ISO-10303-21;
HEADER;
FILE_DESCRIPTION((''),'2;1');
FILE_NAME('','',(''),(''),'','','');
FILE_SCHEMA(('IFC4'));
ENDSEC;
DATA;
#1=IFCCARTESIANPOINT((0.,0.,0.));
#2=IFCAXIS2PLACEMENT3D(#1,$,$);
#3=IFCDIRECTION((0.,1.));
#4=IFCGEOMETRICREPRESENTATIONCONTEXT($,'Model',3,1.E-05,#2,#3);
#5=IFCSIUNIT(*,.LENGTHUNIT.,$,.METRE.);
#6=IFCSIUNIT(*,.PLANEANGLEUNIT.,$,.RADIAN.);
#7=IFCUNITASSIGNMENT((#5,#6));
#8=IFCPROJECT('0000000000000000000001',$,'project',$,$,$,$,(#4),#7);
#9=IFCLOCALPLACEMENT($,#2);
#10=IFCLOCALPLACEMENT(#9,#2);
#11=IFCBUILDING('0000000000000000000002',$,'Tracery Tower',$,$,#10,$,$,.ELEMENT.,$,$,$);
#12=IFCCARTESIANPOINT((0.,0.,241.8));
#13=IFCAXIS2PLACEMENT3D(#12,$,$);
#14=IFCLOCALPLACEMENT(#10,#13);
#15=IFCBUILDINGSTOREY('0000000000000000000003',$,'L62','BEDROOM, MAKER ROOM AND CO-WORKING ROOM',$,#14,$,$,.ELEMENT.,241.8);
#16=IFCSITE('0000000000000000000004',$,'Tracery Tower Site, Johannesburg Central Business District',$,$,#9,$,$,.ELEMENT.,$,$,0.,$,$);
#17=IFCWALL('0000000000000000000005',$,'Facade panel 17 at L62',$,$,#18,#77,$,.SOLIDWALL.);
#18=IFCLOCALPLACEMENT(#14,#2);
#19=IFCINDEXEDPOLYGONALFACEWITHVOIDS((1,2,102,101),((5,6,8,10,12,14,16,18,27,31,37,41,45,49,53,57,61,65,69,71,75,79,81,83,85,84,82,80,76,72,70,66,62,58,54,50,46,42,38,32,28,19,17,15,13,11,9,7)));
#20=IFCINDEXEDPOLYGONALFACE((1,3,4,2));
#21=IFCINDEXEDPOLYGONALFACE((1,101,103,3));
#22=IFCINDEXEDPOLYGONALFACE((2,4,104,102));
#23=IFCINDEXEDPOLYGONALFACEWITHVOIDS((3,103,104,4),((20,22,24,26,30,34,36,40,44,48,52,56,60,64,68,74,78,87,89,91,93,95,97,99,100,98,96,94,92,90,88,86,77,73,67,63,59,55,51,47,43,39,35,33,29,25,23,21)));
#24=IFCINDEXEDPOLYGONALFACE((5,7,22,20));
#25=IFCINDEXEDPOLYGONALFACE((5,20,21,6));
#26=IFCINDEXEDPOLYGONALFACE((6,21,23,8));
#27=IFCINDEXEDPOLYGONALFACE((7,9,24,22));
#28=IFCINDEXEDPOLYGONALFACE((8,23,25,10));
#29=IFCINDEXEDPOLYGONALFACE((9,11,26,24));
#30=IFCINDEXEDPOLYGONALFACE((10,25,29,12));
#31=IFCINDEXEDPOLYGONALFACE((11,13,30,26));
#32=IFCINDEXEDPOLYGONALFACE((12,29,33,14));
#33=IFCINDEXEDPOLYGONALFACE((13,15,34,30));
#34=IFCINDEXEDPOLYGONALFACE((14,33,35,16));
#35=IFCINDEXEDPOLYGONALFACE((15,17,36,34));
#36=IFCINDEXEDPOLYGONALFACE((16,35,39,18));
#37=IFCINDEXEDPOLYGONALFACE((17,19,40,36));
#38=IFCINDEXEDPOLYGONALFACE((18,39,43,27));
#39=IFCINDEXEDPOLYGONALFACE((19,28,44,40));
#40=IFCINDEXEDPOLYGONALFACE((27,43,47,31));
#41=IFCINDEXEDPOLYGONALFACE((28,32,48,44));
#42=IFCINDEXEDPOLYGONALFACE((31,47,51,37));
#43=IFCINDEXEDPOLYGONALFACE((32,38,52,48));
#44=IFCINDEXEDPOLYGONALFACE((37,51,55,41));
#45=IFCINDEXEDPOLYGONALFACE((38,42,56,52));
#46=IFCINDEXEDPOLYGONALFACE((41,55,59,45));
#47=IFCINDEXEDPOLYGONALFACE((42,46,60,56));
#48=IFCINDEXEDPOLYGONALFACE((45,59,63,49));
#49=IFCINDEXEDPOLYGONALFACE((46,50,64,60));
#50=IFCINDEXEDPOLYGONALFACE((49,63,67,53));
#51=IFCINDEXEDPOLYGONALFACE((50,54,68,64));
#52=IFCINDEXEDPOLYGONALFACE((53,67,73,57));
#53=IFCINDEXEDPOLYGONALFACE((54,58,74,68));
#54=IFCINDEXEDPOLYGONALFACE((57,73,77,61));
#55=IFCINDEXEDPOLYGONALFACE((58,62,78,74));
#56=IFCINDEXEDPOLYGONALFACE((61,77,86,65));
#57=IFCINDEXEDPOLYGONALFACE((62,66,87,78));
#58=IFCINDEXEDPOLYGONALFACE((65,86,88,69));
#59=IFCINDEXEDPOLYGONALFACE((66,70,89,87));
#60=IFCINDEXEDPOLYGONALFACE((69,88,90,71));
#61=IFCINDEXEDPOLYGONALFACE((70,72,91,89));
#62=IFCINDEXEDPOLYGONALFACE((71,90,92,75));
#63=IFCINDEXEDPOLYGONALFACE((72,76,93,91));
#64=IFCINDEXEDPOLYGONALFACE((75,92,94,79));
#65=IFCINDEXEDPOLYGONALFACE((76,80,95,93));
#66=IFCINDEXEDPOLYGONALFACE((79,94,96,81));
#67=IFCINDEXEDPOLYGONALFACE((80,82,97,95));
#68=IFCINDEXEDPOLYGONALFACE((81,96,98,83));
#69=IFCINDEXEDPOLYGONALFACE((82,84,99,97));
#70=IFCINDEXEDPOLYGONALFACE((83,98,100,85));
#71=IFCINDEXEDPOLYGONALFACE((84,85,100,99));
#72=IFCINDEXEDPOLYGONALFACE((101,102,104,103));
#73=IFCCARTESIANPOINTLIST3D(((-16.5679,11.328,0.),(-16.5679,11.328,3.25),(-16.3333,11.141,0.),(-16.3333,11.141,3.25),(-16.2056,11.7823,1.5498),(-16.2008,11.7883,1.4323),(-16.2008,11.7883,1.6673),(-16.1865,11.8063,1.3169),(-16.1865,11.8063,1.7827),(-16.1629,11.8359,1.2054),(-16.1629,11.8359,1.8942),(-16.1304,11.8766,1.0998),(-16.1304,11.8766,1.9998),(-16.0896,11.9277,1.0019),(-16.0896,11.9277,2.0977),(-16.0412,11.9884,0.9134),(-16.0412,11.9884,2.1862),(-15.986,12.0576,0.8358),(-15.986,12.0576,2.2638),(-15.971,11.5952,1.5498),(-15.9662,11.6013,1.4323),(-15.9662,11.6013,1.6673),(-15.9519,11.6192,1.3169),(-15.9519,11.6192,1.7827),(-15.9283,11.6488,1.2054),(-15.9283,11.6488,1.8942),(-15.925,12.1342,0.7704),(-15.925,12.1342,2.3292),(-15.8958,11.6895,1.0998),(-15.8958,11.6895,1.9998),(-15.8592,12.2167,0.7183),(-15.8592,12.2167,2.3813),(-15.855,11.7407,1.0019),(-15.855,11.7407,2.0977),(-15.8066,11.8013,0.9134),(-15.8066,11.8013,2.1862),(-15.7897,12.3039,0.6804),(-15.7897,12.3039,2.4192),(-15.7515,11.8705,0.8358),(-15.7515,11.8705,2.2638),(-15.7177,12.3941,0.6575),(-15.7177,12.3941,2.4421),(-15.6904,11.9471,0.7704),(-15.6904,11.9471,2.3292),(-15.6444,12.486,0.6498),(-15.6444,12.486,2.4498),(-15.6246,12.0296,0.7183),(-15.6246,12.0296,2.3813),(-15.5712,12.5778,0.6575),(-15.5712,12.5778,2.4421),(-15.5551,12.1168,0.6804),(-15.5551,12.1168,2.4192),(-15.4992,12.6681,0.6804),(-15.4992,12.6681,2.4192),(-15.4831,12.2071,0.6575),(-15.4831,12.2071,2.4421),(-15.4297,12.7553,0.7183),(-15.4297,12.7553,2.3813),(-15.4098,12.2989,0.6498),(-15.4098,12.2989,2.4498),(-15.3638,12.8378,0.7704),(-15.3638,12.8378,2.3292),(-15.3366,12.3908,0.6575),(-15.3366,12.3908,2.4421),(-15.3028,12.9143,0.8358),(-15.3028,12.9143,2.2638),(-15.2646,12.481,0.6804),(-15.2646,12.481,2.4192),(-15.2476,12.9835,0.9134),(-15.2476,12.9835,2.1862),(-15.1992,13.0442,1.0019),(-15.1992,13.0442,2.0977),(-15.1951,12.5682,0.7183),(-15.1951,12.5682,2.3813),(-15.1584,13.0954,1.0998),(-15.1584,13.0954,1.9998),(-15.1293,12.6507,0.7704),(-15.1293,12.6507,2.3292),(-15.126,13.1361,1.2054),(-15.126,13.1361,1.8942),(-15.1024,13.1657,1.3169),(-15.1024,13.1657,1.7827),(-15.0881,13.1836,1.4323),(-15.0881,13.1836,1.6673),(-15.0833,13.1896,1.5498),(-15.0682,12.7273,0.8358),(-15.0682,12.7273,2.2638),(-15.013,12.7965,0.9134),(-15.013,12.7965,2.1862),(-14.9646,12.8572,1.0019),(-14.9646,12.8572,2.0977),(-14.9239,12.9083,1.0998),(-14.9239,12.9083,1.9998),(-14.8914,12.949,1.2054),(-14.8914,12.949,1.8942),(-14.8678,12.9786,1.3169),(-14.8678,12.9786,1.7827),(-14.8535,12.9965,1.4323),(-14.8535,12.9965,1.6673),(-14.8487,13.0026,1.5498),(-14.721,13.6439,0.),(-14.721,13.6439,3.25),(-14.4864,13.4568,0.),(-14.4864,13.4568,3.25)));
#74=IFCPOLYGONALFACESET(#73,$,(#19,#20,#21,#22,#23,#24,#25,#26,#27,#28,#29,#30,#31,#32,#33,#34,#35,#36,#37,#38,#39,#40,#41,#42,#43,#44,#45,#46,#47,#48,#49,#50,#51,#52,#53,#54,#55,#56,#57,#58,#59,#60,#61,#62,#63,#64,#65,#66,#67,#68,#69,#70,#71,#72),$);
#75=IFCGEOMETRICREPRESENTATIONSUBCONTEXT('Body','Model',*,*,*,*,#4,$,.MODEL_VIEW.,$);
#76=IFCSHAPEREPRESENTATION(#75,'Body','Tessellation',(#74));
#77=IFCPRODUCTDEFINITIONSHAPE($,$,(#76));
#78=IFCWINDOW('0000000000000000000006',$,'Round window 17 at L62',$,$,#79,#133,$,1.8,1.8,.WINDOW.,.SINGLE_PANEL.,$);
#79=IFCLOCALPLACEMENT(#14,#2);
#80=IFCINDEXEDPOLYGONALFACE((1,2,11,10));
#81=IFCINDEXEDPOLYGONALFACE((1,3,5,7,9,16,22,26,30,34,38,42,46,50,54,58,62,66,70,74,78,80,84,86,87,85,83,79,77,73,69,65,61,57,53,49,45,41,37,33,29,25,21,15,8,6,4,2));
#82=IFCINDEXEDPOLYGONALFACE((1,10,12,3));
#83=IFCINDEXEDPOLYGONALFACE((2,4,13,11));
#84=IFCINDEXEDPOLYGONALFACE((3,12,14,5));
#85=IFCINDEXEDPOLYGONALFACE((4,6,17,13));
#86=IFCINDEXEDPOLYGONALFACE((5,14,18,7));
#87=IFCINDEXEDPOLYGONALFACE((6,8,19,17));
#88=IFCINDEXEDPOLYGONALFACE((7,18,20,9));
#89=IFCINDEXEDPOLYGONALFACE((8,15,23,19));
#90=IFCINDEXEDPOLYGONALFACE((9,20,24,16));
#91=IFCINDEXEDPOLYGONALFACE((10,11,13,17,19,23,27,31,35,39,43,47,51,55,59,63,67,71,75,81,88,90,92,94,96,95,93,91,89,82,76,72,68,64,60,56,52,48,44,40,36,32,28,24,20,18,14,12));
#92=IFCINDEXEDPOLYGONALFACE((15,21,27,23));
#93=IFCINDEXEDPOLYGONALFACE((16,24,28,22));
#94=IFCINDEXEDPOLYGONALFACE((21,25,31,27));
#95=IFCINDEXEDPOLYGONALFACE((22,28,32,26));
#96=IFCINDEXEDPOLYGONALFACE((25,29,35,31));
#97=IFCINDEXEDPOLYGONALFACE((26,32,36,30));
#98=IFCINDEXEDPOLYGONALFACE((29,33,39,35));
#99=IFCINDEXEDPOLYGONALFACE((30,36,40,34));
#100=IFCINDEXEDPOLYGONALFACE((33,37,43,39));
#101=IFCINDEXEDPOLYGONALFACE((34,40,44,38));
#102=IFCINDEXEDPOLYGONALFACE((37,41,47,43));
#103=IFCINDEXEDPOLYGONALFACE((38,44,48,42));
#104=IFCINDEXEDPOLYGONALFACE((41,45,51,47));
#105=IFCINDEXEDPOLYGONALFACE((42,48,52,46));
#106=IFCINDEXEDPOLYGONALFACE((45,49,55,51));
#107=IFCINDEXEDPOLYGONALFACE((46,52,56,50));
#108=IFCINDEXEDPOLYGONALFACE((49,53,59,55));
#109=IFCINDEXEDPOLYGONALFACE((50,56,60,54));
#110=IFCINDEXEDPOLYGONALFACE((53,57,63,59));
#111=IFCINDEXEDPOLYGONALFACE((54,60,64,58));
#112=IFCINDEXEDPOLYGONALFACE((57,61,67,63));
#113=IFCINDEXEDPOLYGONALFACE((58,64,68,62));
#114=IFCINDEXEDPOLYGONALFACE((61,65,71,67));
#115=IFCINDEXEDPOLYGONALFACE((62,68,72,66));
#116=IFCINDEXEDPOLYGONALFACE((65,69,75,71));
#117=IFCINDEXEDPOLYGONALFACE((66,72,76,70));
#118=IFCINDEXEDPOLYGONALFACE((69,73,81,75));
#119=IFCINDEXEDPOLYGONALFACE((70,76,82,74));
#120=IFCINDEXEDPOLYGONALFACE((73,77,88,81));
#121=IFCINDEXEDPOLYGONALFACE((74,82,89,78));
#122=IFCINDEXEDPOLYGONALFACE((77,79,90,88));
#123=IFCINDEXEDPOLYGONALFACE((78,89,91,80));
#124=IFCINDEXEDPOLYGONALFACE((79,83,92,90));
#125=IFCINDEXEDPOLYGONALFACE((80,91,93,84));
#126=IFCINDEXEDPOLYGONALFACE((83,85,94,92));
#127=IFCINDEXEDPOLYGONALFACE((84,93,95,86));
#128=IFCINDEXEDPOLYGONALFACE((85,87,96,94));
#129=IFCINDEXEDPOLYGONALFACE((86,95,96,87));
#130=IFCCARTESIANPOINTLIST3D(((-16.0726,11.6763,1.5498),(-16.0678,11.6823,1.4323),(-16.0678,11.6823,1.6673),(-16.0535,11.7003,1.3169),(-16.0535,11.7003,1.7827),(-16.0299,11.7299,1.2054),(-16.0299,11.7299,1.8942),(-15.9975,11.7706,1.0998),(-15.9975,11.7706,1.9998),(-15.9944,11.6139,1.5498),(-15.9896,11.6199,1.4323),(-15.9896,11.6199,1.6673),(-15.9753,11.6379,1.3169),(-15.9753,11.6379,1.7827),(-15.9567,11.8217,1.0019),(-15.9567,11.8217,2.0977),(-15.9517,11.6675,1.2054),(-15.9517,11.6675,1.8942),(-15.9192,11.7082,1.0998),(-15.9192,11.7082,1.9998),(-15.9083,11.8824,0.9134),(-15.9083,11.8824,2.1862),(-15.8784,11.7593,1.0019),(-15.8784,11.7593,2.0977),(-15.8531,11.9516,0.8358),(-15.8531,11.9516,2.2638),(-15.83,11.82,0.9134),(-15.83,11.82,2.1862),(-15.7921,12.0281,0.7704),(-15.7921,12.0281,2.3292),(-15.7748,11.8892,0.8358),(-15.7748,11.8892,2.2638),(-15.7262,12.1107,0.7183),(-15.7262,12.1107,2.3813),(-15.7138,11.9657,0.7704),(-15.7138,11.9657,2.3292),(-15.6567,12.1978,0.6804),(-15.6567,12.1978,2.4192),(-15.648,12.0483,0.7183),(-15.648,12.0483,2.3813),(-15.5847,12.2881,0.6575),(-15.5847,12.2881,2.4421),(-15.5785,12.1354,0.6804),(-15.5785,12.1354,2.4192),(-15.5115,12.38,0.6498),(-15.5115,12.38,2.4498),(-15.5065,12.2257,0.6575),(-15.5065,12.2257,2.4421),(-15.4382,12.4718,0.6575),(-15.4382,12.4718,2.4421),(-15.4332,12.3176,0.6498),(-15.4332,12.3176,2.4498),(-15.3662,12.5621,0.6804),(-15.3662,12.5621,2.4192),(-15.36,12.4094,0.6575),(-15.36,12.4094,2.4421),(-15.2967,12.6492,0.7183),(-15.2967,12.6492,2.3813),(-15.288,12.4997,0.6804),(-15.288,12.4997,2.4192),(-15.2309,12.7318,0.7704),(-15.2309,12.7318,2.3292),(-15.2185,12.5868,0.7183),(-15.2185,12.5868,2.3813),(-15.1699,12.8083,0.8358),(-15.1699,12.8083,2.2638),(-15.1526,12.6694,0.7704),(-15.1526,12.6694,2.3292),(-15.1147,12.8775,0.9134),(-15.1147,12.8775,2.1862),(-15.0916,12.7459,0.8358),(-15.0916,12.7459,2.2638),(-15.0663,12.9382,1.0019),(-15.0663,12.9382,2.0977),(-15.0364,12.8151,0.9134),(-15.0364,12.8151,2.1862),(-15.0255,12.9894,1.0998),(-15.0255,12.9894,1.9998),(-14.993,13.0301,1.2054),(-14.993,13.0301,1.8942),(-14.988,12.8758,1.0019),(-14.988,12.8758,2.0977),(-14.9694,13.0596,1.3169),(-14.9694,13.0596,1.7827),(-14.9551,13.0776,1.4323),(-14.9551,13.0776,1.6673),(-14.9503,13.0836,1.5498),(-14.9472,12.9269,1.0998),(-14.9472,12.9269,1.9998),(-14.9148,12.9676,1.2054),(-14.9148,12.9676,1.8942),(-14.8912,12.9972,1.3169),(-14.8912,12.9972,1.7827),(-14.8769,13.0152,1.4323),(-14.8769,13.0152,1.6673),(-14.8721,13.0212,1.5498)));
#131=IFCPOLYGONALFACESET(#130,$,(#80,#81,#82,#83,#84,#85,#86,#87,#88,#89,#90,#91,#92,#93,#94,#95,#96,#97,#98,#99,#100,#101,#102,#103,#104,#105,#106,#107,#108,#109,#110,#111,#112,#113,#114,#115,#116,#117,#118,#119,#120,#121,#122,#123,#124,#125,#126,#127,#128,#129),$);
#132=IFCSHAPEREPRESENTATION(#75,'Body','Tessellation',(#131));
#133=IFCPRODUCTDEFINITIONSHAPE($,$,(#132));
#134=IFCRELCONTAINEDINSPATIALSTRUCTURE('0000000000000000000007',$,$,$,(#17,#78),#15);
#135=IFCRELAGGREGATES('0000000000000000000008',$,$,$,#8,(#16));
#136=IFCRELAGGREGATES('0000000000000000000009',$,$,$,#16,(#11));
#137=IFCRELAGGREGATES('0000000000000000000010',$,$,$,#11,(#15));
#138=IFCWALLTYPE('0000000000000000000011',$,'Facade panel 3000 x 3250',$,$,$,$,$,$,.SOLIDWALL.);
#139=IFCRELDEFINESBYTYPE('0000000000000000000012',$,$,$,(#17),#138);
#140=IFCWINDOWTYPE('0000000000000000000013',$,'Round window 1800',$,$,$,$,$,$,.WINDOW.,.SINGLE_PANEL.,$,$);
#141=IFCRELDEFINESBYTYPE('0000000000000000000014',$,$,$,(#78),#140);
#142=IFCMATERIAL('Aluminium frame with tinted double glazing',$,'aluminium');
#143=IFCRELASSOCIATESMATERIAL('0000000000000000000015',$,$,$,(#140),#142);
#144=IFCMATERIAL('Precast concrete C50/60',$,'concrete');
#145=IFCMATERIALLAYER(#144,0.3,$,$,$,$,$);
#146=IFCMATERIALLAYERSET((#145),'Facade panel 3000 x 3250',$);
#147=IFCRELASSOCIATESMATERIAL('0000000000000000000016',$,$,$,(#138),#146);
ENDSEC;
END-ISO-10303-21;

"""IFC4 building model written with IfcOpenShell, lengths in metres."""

from ifc_helpers import new_model, si_unit, direction, frame, frame_2d, origin, origin_2d, place, context, subcontext, project, spatial, rectangle, circle, extrude, material, layer, layer_set, type_object, element, fill, save


model = new_model("IFC4")

# Units and contexts
model_context = context("Model", 3, precision=1e-05, world=origin(), true_north=direction((0.0, 1.0)))
body_context = subcontext(model_context, "Body", "Model", "MODEL_VIEW")
ifc_project = project(units=[si_unit("LENGTHUNIT", "METRE"), si_unit("PLANEANGLEUNIT", "RADIAN")], contexts=[model_context])

# Site, building, storey
site_placement = place(None, origin())
site = spatial("IfcSite", under=ifc_project, at=site_placement, Name="Tracery Tower Site, Johannesburg Central Business District", CompositionType="ELEMENT", RefElevation=0.0)
building_placement = place(site_placement, origin())
building = spatial("IfcBuilding", under=site, at=building_placement, Name="Tracery Tower", CompositionType="ELEMENT")
storey_placement = place(building_placement, frame((0.0, 0.0, 241.8)))
storey = spatial("IfcBuildingStorey", under=building, at=storey_placement, Name="L62", Description="BEDROOM, MAKER ROOM AND CO-WORKING ROOM", CompositionType="ELEMENT", Elevation=241.8)

# Wall, opening, window
ifc_material_1 = material(Name="Aluminium frame with tinted double glazing", Category="aluminium")
window_type = type_object("IfcWindowType", Name="Round window 1800", PartitioningType="SINGLE_PANEL", PredefinedType="WINDOW", material=ifc_material_1)
ifc_material_2 = material(Name="Precast concrete C50/60", Category="concrete")
ifc_layer_1 = layer(ifc_material_2, 0.3)
ifc_layer_set_1 = layer_set([ifc_layer_1], Name="Facade panel 3000 x 3250")
wall_type_1 = type_object("IfcWallType", Name="Facade panel 3000 x 3250", PredefinedType="SOLIDWALL", material=ifc_layer_set_1)
wall_1_placement = place(storey_placement, frame((-14.6038, 13.5503, 0.0), z_axis=(0.0, 0.0, 1.0), x_axis=(-0.623498, -0.781825, 0.0)))
wall_1 = element("IfcWall", 1, at=wall_1_placement, inside=storey, type_object=wall_type_1, Name="Facade panel 17 at L62", PredefinedType="SOLIDWALL", context=body_context, shape_type="SweptSolid", body=[
    extrude(rectangle(XDim=2.9622, YDim=0.3, at=frame_2d((1.481, 0.0))), origin(), (0.0, 0.0, 1.0), 3.25),
])
opening_1_placement = place(wall_1_placement, frame((1.481, 0.0, 1.5498)))
opening_1 = element("IfcOpeningElement", 2, at=opening_1_placement, cuts=wall_1, PredefinedType="OPENING", context=body_context, shape_type="SweptSolid", body=[
    extrude(circle(Radius=0.9, at=origin_2d()), frame((0.0, 0.1599, 0.0), z_axis=(0.0, -1.0, 0.0), x_axis=(1.0, 0.0, 0.0)), (0.0, 0.0, 1.0), 0.3201),
])
window_1_placement = place(opening_1_placement, origin())
window_1 = element("IfcWindow", 3, at=window_1_placement, inside=storey, type_object=window_type, Name="Round window 17 at L62", OverallHeight=1.8, OverallWidth=1.8, PartitioningType="SINGLE_PANEL", PredefinedType="WINDOW", context=body_context, shape_type="SweptSolid", body=[
    extrude(circle(Radius=0.9, at=origin_2d()), frame((0.0, 0.1201, 0.0), z_axis=(0.0, -1.0, 0.0), x_axis=(1.0, 0.0, 0.0)), (0.0, 0.0, 1.0), 0.1001),
])
fill(opening_1, window_1)

save(model, "model.ifc")
